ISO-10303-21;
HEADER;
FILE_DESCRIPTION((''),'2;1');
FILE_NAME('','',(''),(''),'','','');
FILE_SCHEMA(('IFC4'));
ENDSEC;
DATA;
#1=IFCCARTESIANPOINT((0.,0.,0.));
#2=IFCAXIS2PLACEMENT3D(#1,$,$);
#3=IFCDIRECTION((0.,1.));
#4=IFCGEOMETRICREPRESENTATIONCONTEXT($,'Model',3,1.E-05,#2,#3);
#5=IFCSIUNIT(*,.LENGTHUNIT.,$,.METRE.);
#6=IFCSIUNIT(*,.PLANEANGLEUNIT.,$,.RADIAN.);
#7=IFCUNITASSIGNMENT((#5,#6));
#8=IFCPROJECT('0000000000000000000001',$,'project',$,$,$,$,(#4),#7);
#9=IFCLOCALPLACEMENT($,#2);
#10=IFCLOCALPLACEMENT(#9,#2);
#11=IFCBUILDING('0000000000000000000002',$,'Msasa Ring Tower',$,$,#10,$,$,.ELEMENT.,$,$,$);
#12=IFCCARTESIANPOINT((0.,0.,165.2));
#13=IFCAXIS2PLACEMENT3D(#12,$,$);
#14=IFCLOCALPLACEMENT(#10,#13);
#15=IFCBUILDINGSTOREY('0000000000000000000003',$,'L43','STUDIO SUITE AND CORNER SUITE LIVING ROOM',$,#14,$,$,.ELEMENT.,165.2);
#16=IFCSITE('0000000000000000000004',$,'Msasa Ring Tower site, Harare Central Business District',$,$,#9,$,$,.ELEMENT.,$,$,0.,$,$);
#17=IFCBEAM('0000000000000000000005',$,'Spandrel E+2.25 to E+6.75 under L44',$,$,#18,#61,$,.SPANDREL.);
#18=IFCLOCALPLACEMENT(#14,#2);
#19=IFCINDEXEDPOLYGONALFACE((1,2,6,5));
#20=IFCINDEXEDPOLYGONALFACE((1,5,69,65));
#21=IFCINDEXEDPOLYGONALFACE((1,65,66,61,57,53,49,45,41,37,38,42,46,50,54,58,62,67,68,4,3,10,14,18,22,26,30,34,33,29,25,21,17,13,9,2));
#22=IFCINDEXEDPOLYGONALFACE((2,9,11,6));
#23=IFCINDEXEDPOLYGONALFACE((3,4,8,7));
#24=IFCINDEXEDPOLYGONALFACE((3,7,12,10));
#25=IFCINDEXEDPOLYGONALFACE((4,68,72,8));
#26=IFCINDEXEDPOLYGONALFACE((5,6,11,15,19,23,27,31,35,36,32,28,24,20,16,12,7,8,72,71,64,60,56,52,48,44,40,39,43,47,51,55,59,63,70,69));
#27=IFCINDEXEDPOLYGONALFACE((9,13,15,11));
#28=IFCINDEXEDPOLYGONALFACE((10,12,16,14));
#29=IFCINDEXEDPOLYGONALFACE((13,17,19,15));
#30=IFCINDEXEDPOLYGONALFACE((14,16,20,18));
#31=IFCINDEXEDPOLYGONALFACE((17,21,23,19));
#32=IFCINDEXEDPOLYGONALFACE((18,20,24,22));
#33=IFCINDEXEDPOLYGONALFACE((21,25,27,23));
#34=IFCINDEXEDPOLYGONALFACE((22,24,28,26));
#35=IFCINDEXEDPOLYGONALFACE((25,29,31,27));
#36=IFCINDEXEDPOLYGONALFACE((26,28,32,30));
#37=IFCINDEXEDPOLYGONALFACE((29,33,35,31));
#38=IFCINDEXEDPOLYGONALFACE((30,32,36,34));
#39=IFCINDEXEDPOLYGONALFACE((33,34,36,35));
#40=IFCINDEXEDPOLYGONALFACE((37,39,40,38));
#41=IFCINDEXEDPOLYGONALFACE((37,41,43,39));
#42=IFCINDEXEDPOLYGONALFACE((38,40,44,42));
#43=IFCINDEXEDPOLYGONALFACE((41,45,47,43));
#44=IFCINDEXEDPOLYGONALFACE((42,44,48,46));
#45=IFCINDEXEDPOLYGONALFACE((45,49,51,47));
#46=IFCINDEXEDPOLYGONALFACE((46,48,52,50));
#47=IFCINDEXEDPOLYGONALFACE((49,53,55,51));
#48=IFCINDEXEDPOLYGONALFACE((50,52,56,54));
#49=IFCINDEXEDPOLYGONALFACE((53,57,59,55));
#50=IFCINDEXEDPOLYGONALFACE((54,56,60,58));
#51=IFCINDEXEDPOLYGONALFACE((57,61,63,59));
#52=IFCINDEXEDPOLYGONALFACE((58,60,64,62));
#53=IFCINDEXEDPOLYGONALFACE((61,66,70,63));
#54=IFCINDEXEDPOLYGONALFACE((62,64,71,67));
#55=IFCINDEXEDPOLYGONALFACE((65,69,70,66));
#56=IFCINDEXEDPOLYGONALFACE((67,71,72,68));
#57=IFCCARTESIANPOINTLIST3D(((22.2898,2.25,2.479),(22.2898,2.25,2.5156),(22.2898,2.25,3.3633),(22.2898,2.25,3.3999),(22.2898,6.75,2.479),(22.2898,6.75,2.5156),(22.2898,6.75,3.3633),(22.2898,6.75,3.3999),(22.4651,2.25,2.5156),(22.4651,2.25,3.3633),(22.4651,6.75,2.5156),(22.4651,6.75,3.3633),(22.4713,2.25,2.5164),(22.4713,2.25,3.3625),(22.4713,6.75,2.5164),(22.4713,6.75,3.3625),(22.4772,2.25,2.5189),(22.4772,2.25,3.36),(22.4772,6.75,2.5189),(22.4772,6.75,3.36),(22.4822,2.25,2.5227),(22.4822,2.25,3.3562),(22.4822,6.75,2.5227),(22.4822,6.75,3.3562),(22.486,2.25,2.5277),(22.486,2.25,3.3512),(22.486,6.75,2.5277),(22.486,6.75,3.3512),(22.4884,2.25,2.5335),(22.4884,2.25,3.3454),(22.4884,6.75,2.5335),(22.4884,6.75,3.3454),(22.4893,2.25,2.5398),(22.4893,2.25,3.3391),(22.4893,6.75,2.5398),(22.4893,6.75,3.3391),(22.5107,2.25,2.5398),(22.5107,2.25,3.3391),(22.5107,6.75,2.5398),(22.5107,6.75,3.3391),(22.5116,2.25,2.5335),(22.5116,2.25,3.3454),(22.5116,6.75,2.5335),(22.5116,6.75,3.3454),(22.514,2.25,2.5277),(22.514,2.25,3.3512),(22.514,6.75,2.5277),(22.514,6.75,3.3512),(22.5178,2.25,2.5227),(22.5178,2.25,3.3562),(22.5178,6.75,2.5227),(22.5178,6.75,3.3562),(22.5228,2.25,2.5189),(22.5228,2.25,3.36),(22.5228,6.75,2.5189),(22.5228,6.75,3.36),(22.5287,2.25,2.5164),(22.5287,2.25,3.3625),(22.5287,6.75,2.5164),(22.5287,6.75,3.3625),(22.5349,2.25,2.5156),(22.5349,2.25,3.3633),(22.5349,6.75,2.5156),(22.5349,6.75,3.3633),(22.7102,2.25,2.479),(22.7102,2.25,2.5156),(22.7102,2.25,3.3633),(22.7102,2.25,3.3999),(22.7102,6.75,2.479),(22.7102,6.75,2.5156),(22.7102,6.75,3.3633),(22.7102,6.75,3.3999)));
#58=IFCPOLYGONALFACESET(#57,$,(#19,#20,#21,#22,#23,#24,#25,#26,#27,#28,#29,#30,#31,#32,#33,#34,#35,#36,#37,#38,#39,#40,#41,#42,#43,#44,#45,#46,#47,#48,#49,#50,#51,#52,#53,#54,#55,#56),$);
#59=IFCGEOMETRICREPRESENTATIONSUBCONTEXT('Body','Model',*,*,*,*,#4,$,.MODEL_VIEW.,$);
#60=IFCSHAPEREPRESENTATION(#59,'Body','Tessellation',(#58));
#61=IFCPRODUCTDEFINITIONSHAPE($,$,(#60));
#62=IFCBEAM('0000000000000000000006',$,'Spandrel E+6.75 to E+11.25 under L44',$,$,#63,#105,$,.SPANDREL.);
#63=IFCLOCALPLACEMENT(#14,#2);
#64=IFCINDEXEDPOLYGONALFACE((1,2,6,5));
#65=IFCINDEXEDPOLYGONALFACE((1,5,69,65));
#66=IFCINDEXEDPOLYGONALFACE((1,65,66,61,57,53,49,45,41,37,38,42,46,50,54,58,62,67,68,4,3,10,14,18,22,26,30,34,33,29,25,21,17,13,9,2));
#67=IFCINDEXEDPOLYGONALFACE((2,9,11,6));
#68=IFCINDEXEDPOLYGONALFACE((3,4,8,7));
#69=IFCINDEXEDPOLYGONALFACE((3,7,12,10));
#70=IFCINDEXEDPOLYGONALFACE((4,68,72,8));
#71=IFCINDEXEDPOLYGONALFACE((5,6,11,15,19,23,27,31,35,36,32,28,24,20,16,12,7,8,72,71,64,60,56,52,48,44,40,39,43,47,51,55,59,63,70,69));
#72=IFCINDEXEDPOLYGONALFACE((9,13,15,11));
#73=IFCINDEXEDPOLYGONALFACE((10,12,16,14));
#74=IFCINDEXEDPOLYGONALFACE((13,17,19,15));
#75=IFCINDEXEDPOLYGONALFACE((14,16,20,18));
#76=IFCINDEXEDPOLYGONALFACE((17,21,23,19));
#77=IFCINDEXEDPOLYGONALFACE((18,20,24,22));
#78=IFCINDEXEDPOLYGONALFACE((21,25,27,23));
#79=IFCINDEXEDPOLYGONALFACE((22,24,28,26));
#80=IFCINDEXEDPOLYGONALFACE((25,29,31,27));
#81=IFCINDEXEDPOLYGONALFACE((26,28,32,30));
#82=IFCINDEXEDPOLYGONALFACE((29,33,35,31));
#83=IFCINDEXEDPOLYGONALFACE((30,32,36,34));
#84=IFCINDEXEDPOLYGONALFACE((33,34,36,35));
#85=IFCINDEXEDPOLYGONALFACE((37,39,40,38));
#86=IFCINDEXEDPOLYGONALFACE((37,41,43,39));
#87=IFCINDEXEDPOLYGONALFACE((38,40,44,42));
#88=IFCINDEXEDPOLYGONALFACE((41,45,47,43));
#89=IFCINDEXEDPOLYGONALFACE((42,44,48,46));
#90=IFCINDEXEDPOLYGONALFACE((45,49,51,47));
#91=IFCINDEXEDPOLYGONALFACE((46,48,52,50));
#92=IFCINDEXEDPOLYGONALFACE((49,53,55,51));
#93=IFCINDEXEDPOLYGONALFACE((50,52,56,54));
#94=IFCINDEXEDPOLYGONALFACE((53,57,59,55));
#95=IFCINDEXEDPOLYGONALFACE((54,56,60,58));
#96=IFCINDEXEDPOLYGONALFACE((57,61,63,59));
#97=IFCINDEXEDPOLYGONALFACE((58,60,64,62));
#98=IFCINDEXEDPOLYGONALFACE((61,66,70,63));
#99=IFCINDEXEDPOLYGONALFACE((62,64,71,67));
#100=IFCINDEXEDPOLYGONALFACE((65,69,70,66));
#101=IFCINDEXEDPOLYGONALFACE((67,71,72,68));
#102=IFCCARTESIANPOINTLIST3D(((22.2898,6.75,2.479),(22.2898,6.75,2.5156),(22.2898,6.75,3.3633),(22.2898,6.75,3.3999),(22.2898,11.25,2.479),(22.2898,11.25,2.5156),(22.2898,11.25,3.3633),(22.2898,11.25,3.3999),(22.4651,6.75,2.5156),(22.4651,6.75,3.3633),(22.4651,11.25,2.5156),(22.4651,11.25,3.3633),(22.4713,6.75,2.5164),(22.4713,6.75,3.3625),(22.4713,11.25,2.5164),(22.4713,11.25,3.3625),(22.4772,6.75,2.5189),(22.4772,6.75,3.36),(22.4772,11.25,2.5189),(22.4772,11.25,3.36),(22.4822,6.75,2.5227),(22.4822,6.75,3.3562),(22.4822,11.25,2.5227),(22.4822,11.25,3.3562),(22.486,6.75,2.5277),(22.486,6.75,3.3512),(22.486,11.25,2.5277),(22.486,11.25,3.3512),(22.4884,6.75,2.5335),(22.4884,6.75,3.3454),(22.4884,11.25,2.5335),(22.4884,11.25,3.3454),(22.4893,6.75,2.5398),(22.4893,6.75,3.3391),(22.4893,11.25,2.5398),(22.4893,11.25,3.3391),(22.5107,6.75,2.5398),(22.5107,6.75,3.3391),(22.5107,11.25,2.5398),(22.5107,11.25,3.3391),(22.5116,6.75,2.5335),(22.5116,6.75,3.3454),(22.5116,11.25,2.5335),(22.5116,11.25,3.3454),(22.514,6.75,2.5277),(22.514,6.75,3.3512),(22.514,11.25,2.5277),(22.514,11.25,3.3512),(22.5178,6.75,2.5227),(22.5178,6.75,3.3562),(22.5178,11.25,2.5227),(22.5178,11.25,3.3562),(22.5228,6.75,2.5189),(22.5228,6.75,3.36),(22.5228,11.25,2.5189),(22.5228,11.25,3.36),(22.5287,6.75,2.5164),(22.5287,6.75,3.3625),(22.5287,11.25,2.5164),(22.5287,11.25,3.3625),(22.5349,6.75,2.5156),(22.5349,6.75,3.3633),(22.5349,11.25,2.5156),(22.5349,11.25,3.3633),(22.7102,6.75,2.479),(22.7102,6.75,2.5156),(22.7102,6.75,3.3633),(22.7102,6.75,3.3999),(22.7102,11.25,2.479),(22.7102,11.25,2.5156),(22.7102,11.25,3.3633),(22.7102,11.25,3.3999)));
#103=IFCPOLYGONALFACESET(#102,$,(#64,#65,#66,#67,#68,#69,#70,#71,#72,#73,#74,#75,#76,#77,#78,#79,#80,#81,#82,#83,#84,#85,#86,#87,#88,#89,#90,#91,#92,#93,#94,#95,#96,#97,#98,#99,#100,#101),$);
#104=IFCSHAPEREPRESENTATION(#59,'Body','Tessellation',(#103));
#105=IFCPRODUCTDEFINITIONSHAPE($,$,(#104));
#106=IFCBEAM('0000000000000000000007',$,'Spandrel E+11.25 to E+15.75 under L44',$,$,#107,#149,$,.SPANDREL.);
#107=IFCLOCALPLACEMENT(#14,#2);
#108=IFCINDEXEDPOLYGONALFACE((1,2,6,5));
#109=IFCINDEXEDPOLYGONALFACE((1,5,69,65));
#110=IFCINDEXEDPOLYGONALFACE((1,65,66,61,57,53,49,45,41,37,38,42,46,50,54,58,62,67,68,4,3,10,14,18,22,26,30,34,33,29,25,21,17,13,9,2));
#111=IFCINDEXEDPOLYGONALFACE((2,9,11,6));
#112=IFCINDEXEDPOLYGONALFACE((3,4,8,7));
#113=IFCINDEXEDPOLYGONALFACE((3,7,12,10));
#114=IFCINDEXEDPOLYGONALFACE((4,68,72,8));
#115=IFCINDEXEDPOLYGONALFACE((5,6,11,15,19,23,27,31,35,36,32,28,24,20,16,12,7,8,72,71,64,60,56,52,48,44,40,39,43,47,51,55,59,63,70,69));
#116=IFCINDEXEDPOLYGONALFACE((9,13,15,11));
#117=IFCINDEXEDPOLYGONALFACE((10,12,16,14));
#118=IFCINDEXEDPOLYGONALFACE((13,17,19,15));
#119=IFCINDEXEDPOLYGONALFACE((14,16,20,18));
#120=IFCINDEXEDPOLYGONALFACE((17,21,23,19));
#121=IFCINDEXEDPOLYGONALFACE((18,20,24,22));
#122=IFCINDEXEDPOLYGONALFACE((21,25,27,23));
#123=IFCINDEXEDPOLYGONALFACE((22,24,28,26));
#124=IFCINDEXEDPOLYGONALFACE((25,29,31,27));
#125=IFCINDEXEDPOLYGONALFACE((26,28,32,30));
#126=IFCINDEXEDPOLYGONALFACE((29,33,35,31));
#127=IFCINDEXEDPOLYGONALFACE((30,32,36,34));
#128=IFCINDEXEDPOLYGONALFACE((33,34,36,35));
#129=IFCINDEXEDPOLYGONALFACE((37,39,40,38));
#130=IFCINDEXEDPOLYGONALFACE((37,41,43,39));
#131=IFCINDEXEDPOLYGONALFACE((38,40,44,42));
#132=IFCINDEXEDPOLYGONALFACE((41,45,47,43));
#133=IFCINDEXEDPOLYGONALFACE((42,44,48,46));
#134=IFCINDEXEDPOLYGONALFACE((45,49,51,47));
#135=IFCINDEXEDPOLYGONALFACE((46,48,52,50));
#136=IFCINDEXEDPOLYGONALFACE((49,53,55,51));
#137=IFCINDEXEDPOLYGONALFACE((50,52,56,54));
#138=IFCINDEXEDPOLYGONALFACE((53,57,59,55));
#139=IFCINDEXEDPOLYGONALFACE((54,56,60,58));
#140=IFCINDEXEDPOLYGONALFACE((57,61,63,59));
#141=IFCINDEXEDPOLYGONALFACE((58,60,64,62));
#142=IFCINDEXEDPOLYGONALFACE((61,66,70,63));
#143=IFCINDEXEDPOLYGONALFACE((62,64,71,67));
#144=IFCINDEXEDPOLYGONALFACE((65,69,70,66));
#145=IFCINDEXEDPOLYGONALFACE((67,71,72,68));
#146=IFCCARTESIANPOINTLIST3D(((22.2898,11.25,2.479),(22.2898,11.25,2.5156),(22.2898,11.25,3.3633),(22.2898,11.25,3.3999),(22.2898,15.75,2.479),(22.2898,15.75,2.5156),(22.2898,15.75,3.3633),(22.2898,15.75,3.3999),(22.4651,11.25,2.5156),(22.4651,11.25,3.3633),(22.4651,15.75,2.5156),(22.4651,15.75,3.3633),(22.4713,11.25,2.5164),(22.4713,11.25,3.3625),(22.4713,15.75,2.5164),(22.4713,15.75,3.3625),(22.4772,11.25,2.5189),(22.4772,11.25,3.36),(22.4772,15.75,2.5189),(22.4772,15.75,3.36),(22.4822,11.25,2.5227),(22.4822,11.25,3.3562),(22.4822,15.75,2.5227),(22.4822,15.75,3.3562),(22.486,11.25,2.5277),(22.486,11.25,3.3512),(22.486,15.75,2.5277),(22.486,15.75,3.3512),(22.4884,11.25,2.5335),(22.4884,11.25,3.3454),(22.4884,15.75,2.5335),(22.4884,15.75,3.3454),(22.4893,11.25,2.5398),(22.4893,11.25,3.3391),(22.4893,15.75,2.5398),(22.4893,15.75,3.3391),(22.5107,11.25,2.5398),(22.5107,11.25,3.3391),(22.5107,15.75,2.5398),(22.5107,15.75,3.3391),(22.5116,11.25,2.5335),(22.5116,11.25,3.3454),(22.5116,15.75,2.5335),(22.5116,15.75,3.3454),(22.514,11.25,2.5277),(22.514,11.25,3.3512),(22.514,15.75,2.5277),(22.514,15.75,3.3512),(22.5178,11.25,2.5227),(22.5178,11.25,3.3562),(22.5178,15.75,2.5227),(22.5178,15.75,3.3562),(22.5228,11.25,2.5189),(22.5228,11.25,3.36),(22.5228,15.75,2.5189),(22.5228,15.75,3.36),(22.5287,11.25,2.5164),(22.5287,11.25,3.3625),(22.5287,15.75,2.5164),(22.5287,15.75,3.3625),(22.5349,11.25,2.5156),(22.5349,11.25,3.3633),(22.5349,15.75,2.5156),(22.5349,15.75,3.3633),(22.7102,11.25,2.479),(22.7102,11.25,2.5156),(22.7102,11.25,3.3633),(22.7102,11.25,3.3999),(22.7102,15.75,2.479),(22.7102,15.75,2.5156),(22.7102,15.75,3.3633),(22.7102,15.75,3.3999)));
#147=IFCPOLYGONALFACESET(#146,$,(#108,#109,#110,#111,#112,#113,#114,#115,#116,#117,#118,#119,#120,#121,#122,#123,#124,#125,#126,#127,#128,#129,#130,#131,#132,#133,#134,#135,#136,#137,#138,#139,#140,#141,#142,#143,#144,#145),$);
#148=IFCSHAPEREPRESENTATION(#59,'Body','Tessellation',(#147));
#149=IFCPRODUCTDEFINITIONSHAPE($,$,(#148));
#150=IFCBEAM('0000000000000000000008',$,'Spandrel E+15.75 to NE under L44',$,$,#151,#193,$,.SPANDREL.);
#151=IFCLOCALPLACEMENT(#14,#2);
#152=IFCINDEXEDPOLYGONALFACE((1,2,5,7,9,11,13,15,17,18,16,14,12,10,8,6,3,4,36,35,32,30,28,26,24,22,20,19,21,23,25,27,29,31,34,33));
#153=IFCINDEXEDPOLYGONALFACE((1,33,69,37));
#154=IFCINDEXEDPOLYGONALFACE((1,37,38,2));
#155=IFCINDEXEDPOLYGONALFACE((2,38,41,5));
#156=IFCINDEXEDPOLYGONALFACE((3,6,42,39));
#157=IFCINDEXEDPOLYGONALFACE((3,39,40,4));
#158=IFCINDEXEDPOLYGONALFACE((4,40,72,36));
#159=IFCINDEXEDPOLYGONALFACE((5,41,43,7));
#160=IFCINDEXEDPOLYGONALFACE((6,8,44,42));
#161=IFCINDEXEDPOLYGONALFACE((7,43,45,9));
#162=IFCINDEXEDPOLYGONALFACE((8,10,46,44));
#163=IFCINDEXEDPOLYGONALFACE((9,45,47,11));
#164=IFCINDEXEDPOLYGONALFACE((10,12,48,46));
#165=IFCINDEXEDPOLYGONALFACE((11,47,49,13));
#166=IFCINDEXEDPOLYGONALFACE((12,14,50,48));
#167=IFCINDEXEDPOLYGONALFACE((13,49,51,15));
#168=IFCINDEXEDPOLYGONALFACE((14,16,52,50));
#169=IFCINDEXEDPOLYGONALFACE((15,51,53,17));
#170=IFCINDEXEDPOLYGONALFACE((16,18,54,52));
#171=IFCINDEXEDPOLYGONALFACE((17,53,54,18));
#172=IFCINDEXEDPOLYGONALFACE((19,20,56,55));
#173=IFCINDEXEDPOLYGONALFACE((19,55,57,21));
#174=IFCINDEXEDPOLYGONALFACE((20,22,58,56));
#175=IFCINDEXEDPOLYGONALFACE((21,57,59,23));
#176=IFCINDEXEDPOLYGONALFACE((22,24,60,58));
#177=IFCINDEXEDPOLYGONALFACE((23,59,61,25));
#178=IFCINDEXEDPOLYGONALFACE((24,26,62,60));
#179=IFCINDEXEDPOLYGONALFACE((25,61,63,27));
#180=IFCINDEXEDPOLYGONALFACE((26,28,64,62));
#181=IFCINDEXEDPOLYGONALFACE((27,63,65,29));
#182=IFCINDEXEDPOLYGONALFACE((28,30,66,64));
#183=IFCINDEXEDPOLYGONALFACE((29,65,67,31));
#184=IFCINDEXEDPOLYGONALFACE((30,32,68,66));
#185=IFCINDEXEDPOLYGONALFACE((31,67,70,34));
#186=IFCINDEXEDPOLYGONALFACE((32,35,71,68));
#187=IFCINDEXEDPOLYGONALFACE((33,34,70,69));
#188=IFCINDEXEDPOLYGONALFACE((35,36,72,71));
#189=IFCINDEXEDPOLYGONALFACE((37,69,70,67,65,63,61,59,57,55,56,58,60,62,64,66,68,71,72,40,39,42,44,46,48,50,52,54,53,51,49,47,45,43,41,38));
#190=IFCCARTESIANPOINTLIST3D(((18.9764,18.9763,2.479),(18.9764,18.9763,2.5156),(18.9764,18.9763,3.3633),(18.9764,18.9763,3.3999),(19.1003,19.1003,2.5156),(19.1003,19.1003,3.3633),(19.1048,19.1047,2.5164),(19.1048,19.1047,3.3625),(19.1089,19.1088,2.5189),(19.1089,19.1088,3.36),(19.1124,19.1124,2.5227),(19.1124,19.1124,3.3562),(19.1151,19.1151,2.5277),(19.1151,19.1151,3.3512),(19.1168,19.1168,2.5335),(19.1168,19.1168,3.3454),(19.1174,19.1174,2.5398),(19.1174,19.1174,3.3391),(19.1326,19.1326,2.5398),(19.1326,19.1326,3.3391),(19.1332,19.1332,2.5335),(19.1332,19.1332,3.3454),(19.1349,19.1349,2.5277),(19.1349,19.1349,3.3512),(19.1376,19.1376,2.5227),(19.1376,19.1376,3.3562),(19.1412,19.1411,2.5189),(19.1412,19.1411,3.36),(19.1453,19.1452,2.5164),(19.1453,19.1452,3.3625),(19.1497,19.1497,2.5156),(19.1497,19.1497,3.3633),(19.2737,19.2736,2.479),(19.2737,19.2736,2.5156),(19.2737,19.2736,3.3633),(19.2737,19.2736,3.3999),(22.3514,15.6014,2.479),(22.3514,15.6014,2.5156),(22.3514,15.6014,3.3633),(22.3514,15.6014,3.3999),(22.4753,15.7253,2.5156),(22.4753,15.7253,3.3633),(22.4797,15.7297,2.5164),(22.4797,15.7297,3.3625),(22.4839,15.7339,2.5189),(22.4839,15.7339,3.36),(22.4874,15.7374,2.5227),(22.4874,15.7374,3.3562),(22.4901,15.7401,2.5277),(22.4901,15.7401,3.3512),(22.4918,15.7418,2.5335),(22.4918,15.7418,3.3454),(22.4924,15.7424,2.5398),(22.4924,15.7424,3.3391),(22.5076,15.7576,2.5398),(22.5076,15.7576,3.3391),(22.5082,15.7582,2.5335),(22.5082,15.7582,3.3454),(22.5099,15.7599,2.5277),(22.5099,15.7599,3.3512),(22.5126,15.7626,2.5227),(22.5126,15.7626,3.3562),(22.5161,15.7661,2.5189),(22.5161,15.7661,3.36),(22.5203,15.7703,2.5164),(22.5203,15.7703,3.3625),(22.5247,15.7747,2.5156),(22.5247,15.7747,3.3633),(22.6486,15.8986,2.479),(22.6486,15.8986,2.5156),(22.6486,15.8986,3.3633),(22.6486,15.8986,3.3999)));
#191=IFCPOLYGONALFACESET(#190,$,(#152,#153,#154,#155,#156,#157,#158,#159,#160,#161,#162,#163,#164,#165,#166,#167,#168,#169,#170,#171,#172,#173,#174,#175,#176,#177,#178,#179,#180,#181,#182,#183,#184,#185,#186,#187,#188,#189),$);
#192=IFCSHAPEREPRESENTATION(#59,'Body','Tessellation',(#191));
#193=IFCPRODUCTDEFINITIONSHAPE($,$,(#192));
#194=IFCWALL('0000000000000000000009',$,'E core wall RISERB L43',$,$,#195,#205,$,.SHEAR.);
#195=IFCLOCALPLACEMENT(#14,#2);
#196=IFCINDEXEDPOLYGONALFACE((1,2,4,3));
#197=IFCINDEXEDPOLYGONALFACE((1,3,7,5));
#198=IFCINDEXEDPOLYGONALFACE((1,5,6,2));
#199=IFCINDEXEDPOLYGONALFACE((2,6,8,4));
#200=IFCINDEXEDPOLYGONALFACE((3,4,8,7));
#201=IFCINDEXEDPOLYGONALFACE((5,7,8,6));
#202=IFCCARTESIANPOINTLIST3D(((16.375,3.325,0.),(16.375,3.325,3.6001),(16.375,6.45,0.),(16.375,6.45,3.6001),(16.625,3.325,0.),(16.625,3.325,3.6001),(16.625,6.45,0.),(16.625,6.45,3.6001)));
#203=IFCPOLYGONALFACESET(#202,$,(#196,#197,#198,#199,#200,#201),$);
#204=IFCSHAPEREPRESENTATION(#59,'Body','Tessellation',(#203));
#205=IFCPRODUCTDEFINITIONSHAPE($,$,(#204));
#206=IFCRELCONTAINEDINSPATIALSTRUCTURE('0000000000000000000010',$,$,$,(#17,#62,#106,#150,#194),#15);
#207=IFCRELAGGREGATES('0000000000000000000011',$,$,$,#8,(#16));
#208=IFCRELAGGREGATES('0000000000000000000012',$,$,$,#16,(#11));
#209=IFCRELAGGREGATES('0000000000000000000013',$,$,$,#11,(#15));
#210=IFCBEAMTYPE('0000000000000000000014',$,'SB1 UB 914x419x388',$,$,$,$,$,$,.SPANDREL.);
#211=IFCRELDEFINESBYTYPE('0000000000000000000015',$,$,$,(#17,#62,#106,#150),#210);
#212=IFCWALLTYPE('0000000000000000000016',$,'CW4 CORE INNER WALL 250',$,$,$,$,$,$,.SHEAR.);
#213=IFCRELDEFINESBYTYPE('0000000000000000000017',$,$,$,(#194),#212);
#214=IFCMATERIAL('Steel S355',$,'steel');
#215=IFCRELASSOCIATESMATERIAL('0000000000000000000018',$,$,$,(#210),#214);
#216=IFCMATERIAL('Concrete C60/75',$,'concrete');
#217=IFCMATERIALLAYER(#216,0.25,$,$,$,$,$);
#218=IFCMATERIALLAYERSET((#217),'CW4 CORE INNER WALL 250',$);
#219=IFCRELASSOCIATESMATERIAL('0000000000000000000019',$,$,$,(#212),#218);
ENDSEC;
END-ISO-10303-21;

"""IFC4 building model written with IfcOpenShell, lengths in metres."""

from ifc_helpers import new_model, si_unit, direction, frame, frame_2d, origin, origin_2d, place, context, subcontext, project, spatial, rectangle, i_section, extrude, material, layer, layer_set, material_profile, profile_set, type_object, element, save


model = new_model("IFC4")

# Units and contexts
model_context = context("Model", 3, precision=1e-05, world=origin(), true_north=direction((0.0, 1.0)))
body_context = subcontext(model_context, "Body", "Model", "MODEL_VIEW")
ifc_project = project(units=[si_unit("LENGTHUNIT", "METRE"), si_unit("PLANEANGLEUNIT", "RADIAN")], contexts=[model_context])

# Site, building, storey
site_placement = place(None, origin())
site = spatial("IfcSite", under=ifc_project, at=site_placement, Name="Msasa Ring Tower site, Harare Central Business District", CompositionType="ELEMENT", RefElevation=0.0)
building_placement = place(site_placement, origin())
building = spatial("IfcBuilding", under=site, at=building_placement, Name="Msasa Ring Tower", CompositionType="ELEMENT")
storey_placement = place(building_placement, frame((0.0, 0.0, 165.2)))
storey = spatial("IfcBuildingStorey", under=building, at=storey_placement, Name="L43", Description="STUDIO SUITE AND CORNER SUITE LIVING ROOM", CompositionType="ELEMENT", Elevation=165.2)

# Beams
ifc_material_1 = material(Name="Steel S355", Category="steel")
ifc_material_profile_1 = material_profile(ifc_material_1, i_section(OverallWidth=0.4204, OverallDepth=0.9209, WebThickness=0.0215, FlangeThickness=0.0366, FilletRadius=0.0242, at=origin_2d()), Name="UB 914x419x388")
ifc_profile_set_1 = profile_set([ifc_material_profile_1], Name="Steel S355")
beam_type_1 = type_object("IfcBeamType", Name="SB1 UB 914x419x388", PredefinedType="SPANDREL", material=ifc_profile_set_1)
for number, where, z_axis, x_axis, name in (
    (1, (22.5, 2.25, 2.9395), (0.0, 1.0, 0.0), (-1.0, 0.0, 0.0), "Spandrel E+2.25 to E+6.75 under L44"),
    (2, (22.5, 6.75, 2.9395), (0.0, 1.0, 0.0), (-1.0, 0.0, 0.0), "Spandrel E+6.75 to E+11.25 under L44"),
    (3, (22.5, 11.25, 2.9395), (0.0, 1.0, 0.0), (-1.0, 0.0, 0.0), "Spandrel E+11.25 to E+15.75 under L44"),
):
    element("IfcBeam", number, at=place(storey_placement, frame(where, z_axis=z_axis, x_axis=x_axis)), inside=storey, type_object=beam_type_1, Name=name, PredefinedType="SPANDREL", context=body_context, shape_type="SweptSolid", body=[
        extrude(i_section(OverallWidth=0.4204, OverallDepth=0.9209, WebThickness=0.0215, FlangeThickness=0.0366, FilletRadius=0.0242, at=origin_2d()), origin(), (0.0, 0.0, 1.0), 4.5),
    ])
beam_1_placement = place(storey_placement, frame((22.5, 15.75, 2.9395), z_axis=(-0.707107, 0.707107, 0.0), x_axis=(-0.707107, -0.707107, 0.0)))
element("IfcBeam", 4, at=beam_1_placement, inside=storey, type_object=beam_type_1, Name="Spandrel E+15.75 to NE under L44", PredefinedType="SPANDREL", context=body_context, shape_type="SweptSolid", body=[
    extrude(i_section(OverallWidth=0.4204, OverallDepth=0.9209, WebThickness=0.0215, FlangeThickness=0.0366, FilletRadius=0.0242, at=origin_2d()), origin(), (0.0, 0.0, 1.0), 4.7729),
])

# Wall
ifc_material_2 = material(Name="Concrete C60/75", Category="concrete")
ifc_layer_1 = layer(ifc_material_2, 0.25)
ifc_layer_set_1 = layer_set([ifc_layer_1], Name="CW4 CORE INNER WALL 250")
wall_type_1 = type_object("IfcWallType", Name="CW4 CORE INNER WALL 250", PredefinedType="SHEAR", material=ifc_layer_set_1)
wall_1_placement = place(storey_placement, frame((16.5, 3.325, 0.0), z_axis=(0.0, 0.0, 1.0), x_axis=(0.0, 1.0, 0.0)))
element("IfcWall", 5, at=wall_1_placement, inside=storey, type_object=wall_type_1, Name="E core wall RISERB L43", PredefinedType="SHEAR", context=body_context, shape_type="SweptSolid", body=[
    extrude(rectangle(XDim=3.125, YDim=0.25, at=frame_2d((1.5625, 0.0))), origin(), (0.0, 0.0, 1.0), 3.6001),
])

save(model, "model.ifc")
